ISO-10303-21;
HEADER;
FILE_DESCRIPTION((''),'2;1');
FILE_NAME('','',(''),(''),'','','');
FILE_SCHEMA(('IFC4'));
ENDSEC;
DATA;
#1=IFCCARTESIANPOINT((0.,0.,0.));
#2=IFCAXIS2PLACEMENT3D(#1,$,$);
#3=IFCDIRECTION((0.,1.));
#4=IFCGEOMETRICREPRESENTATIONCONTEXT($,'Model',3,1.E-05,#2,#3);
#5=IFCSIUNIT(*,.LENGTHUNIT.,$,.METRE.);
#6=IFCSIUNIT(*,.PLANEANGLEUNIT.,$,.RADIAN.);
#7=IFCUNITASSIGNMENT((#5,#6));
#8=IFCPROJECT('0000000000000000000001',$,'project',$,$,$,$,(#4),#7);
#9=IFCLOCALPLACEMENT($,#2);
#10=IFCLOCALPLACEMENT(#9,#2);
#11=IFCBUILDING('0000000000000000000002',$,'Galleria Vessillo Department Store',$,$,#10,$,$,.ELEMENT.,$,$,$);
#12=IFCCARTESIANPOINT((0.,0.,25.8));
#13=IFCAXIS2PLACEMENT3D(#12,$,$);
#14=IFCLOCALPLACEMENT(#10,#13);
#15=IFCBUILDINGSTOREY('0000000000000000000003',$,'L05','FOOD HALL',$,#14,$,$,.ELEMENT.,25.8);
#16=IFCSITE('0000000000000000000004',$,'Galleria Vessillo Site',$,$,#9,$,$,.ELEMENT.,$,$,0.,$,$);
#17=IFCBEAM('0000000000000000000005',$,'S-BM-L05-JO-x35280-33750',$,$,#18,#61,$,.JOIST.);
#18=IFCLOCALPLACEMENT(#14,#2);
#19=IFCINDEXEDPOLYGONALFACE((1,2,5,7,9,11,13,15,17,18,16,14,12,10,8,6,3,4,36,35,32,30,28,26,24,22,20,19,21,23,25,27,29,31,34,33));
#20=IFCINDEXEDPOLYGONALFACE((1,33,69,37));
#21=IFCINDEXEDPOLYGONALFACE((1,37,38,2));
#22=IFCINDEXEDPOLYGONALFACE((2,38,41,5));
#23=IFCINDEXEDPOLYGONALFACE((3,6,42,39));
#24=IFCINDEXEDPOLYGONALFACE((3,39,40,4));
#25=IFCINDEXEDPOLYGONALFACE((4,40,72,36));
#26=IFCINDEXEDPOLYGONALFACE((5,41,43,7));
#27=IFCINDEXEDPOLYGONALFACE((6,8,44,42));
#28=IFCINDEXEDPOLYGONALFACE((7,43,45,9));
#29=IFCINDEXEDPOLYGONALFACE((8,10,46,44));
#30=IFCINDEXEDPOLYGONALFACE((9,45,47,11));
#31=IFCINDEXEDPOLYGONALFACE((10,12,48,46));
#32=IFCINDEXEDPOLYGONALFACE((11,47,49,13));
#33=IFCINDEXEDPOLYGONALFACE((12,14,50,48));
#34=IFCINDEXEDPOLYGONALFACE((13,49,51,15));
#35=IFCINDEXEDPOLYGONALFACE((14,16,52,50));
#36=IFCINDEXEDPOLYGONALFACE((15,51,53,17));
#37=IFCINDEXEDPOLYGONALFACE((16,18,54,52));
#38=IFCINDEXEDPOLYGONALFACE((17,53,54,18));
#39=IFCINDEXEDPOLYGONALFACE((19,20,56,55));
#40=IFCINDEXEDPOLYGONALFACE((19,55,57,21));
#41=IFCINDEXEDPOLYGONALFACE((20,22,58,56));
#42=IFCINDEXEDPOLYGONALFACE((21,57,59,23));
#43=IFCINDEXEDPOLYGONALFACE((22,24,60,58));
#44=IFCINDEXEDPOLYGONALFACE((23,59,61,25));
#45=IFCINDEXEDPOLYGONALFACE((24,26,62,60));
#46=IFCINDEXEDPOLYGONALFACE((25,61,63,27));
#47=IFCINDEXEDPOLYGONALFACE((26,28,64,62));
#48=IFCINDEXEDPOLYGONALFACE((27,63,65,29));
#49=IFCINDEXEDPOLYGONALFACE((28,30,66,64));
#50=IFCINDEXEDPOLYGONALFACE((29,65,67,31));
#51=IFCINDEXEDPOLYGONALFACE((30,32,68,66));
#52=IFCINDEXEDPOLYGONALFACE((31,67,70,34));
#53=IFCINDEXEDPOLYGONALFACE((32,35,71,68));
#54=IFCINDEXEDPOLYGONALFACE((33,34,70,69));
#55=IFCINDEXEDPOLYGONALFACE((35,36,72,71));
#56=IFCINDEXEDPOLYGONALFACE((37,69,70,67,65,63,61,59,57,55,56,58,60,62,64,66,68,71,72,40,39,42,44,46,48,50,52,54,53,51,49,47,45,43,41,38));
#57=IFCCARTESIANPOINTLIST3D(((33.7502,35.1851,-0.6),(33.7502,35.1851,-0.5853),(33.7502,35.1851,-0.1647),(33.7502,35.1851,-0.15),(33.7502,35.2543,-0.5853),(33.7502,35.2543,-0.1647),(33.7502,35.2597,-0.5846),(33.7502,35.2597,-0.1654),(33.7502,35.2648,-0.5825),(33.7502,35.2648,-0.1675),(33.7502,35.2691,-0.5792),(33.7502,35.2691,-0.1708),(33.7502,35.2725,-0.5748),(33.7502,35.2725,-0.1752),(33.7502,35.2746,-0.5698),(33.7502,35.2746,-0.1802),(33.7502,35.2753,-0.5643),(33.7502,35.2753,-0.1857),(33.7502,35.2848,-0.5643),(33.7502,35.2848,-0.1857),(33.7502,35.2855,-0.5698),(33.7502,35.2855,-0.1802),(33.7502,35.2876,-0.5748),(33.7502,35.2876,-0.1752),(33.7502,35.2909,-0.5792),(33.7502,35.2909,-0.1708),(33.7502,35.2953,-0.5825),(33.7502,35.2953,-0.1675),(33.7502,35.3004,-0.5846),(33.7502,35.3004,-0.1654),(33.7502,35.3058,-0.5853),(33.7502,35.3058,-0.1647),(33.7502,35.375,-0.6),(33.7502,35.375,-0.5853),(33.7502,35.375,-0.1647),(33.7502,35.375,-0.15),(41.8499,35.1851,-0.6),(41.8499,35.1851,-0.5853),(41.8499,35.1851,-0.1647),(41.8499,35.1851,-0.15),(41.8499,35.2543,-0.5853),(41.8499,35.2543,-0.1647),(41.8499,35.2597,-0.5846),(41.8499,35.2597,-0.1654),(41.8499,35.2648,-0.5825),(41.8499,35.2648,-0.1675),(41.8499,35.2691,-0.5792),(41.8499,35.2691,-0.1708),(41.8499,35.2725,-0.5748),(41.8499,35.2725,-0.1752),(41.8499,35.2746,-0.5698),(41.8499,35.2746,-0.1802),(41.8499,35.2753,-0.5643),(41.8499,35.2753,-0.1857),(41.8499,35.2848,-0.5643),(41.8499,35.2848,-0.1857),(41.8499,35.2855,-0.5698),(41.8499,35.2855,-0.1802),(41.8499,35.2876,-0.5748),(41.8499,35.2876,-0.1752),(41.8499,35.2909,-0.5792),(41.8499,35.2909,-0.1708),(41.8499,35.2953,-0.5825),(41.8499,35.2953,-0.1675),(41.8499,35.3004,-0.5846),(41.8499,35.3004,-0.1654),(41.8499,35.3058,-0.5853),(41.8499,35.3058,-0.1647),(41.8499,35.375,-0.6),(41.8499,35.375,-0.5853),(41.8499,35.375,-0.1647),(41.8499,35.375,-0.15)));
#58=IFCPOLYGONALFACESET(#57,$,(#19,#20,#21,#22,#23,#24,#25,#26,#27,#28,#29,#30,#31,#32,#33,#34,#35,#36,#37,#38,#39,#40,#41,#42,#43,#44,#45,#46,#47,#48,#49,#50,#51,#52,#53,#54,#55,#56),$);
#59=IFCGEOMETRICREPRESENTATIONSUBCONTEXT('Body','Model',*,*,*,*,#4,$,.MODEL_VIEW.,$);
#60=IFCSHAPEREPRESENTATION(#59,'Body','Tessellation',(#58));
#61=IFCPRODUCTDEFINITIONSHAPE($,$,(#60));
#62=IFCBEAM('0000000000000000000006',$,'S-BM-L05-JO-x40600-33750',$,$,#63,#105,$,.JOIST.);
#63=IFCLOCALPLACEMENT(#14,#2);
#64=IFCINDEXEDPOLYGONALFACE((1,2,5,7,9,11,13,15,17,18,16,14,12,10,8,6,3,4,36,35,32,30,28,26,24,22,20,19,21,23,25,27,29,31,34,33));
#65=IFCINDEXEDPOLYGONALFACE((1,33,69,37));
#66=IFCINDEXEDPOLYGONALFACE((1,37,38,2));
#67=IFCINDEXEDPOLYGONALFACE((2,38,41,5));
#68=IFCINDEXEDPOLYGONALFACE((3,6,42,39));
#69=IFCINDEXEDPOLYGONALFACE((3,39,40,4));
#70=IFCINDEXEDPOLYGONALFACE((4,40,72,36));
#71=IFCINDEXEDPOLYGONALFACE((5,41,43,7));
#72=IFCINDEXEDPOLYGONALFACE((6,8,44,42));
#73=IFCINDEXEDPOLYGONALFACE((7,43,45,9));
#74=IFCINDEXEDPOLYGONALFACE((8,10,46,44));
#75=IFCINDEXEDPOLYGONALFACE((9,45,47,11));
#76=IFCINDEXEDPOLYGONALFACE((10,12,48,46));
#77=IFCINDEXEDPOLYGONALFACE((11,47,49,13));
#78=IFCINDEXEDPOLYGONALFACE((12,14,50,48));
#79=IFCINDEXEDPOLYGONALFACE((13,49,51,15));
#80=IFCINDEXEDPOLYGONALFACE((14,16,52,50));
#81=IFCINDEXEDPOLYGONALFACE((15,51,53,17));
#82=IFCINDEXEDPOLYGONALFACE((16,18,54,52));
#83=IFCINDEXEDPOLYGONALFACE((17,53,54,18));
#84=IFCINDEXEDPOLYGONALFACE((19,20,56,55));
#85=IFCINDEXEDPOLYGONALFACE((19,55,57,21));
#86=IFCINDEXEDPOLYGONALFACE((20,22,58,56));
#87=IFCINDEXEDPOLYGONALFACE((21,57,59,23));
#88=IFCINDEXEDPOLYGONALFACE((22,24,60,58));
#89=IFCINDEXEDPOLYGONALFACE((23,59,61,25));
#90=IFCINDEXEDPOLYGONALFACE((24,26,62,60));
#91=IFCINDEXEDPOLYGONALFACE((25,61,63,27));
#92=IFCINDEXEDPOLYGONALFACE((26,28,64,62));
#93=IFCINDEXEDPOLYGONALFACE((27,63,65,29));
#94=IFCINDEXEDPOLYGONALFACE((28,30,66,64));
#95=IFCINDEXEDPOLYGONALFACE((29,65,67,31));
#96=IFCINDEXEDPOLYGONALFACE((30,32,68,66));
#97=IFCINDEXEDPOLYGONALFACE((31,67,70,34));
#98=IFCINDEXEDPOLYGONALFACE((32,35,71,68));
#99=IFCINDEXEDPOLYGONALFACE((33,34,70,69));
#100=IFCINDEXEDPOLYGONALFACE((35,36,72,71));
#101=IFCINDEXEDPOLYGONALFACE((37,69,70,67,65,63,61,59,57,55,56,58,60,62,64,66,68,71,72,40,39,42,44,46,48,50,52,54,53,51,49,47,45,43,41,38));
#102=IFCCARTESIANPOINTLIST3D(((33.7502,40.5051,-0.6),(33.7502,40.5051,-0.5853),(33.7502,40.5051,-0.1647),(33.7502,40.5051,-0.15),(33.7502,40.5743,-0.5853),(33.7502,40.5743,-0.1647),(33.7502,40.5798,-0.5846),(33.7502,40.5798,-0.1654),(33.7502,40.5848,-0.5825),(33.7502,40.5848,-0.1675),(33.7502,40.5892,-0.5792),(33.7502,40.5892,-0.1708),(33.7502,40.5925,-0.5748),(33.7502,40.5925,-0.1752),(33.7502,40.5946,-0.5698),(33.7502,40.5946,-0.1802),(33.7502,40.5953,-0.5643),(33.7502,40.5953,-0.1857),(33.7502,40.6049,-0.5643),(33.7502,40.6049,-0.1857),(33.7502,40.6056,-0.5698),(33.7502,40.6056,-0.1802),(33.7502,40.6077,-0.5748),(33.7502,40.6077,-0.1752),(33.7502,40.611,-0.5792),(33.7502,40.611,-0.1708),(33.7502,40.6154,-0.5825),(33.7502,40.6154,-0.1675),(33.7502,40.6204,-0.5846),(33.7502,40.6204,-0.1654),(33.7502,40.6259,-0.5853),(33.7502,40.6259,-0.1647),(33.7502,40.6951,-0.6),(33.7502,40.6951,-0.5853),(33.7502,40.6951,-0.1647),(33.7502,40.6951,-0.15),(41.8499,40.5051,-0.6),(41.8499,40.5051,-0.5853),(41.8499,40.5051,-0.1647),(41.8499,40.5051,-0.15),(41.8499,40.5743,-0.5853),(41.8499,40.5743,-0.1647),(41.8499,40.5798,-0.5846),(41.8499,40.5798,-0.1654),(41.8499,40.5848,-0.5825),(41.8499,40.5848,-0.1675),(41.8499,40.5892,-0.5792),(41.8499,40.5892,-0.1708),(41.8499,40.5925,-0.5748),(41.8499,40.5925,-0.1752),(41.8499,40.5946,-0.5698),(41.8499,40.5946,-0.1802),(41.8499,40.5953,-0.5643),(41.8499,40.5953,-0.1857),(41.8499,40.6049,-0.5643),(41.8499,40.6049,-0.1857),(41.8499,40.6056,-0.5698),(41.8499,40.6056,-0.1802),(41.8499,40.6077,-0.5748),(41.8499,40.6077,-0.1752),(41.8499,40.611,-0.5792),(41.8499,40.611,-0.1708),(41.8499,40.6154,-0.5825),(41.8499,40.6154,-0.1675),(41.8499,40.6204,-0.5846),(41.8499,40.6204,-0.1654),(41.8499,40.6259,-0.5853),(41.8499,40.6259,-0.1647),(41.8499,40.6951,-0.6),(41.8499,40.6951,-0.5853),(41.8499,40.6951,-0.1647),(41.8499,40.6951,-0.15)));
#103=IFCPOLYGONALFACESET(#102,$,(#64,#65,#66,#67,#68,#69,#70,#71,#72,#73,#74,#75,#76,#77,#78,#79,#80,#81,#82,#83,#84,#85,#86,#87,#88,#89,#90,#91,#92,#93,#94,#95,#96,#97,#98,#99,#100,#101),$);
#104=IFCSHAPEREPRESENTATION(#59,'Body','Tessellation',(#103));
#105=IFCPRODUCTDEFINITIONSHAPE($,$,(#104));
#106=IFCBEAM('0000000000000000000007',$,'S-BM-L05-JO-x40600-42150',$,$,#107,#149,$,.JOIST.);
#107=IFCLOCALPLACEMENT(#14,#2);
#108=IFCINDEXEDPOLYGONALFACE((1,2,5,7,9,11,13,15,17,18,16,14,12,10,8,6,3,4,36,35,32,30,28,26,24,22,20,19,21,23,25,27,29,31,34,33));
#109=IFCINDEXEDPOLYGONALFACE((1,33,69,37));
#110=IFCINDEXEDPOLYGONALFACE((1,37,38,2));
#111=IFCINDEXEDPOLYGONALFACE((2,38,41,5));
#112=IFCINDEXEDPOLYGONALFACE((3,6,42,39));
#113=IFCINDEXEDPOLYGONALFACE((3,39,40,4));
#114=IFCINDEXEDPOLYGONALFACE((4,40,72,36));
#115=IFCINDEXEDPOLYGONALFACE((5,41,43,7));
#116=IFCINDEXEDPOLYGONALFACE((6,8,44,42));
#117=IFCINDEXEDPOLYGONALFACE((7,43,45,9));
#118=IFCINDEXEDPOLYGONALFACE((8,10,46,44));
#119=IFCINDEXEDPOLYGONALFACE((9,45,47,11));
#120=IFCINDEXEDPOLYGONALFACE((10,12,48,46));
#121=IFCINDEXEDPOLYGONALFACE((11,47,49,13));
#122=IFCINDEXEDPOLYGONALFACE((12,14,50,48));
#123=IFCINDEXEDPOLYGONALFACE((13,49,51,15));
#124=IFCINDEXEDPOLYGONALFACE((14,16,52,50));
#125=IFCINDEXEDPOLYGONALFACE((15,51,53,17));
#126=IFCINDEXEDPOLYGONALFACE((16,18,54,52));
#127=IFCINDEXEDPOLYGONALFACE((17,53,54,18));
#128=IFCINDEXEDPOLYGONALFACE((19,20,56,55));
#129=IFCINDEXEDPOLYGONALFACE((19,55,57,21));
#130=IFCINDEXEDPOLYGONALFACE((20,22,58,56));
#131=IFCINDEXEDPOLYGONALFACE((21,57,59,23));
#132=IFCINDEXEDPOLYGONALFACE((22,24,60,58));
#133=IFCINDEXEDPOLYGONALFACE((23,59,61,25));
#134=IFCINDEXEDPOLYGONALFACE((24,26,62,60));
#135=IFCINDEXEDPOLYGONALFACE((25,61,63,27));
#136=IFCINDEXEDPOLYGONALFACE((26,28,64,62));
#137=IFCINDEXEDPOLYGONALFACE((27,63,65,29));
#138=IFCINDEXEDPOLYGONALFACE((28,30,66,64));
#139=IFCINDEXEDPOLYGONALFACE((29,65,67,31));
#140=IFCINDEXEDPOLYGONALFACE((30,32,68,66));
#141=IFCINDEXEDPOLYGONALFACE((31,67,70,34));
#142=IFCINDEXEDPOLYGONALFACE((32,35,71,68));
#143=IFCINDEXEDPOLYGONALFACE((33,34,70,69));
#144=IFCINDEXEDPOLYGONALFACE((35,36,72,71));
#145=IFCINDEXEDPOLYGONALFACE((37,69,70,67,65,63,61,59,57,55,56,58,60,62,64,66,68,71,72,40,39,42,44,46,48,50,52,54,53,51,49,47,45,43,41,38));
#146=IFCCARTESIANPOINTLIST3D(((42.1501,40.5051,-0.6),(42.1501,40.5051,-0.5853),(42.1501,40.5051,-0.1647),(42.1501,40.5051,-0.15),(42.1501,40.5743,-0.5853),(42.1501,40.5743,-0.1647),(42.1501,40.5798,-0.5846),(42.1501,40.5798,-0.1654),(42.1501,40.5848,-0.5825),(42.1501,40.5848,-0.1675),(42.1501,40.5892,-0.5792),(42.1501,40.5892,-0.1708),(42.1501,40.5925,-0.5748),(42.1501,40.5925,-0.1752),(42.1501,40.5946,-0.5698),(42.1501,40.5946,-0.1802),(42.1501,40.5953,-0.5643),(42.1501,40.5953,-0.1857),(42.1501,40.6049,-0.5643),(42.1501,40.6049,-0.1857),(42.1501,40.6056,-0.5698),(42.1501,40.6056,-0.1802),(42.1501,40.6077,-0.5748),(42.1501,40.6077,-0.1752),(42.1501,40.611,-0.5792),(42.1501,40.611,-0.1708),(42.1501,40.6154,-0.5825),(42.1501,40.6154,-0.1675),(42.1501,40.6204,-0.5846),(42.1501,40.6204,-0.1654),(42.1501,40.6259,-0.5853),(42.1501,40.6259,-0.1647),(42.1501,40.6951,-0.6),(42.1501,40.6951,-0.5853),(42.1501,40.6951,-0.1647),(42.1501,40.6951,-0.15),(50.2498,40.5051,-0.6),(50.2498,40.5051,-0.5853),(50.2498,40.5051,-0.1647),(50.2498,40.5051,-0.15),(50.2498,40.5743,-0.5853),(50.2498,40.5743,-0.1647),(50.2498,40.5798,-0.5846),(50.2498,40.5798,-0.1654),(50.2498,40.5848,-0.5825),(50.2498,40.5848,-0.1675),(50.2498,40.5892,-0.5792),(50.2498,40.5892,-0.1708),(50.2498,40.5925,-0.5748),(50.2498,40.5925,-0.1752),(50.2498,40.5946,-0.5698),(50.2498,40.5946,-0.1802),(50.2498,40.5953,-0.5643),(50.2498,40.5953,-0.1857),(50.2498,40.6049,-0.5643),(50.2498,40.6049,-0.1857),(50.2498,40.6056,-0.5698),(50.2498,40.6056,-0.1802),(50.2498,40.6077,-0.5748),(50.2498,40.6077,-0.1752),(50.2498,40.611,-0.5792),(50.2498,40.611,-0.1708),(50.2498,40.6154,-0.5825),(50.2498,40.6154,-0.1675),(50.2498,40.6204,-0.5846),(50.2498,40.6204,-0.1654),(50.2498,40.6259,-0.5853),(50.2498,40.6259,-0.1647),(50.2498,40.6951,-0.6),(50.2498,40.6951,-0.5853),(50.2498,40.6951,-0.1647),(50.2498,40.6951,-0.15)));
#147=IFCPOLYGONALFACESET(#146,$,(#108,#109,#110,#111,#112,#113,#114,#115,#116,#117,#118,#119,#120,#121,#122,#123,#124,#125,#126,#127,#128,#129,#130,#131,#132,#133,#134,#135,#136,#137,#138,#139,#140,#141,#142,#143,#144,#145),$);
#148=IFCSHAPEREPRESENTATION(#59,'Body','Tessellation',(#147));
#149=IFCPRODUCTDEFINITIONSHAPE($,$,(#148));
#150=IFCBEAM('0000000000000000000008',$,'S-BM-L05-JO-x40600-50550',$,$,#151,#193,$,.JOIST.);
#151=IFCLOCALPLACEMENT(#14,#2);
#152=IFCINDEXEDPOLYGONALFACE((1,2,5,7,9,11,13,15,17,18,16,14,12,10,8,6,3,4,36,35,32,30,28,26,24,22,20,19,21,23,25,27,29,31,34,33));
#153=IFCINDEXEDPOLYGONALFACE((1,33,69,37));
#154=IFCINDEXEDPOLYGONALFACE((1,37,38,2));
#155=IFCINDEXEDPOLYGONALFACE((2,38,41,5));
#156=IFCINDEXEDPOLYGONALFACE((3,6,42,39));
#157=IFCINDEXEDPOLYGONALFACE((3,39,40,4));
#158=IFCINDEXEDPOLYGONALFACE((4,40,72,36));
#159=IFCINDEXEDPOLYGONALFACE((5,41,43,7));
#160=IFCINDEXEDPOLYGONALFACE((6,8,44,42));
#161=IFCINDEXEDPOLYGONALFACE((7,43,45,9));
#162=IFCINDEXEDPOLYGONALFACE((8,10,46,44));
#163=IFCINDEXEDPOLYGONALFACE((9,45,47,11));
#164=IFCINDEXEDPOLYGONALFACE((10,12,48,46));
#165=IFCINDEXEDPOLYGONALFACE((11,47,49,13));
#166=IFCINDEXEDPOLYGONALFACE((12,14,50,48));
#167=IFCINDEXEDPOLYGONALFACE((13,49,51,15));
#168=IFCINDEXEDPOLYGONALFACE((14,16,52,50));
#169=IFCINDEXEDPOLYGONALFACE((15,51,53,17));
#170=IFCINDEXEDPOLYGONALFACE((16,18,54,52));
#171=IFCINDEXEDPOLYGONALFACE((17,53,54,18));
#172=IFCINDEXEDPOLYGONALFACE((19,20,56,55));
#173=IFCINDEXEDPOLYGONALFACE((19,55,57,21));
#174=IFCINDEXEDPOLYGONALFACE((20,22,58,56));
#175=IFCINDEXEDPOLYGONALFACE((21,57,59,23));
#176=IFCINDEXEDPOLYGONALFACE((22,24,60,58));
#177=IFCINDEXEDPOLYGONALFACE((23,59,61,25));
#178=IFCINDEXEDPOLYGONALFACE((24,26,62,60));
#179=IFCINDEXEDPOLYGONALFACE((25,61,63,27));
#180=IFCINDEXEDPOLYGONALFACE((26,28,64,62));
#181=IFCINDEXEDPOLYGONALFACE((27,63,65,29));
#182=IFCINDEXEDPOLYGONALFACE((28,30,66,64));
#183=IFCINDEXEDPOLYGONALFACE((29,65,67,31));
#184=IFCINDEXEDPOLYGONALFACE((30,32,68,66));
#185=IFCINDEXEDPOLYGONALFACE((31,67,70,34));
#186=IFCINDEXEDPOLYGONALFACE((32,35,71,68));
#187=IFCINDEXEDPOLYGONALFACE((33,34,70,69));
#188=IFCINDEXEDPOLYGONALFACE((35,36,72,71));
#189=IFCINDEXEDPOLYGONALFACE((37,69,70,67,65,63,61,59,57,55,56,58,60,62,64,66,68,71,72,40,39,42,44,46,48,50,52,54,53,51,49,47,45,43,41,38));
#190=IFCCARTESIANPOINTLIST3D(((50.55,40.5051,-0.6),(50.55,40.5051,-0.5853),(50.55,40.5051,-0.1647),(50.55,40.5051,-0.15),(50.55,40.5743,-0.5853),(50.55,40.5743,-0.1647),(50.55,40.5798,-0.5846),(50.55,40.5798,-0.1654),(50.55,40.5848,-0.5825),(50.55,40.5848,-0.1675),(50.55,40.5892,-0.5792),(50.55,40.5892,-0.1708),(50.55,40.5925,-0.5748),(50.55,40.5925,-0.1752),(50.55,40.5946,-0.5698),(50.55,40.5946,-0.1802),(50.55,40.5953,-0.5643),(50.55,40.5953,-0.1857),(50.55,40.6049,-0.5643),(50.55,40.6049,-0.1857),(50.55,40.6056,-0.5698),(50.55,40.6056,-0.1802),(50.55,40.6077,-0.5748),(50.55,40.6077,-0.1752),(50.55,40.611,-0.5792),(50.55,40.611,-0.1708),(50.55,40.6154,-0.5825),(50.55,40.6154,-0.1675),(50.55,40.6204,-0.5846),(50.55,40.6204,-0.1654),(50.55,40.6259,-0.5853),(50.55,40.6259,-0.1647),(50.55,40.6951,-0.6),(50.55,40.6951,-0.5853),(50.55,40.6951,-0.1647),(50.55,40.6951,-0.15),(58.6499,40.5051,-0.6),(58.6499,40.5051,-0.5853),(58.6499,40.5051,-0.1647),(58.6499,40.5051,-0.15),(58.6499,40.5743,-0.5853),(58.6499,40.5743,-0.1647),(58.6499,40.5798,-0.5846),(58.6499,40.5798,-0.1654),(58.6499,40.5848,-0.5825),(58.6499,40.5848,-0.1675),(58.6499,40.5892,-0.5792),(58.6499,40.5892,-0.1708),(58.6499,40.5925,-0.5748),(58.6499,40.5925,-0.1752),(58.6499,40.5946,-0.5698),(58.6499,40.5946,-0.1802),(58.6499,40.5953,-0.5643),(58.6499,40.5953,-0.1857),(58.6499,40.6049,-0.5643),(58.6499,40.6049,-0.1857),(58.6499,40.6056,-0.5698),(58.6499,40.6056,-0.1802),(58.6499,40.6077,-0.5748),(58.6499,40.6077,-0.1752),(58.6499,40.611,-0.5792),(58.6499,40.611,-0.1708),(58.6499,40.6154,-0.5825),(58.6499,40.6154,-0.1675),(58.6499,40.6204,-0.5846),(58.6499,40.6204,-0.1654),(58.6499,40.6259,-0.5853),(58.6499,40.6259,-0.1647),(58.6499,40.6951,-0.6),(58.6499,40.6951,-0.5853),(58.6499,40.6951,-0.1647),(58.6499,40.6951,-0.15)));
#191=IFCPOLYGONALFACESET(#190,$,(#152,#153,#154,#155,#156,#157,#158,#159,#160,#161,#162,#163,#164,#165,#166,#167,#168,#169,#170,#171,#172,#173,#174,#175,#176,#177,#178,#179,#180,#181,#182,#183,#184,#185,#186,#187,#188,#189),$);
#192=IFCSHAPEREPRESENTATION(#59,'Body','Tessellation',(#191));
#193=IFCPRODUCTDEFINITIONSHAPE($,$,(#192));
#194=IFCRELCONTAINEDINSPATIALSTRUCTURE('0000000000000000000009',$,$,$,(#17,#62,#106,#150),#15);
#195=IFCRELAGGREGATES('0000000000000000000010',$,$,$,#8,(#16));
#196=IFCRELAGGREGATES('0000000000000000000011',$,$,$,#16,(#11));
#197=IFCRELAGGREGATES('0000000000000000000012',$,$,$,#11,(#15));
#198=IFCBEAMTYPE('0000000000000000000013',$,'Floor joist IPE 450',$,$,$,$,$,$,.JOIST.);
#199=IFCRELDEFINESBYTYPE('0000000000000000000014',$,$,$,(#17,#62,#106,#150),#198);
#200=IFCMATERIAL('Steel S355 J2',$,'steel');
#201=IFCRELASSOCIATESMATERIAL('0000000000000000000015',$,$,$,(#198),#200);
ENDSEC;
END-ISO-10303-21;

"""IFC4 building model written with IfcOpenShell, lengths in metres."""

from ifc_helpers import new_model, si_unit, direction, frame, origin, origin_2d, place, context, subcontext, project, spatial, i_section, extrude, material, material_profile, profile_set, type_object, element, save


model = new_model("IFC4")

# Units and contexts
model_context = context("Model", 3, precision=1e-05, world=origin(), true_north=direction((0.0, 1.0)))
body_context = subcontext(model_context, "Body", "Model", "MODEL_VIEW")
ifc_project = project(units=[si_unit("LENGTHUNIT", "METRE"), si_unit("PLANEANGLEUNIT", "RADIAN")], contexts=[model_context])

# Site, building, storey
site_placement = place(None, origin())
site = spatial("IfcSite", under=ifc_project, at=site_placement, Name="Galleria Vessillo Site", CompositionType="ELEMENT", RefElevation=0.0)
building_placement = place(site_placement, origin())
building = spatial("IfcBuilding", under=site, at=building_placement, Name="Galleria Vessillo Department Store", CompositionType="ELEMENT")
storey_placement = place(building_placement, frame((0.0, 0.0, 25.8)))
storey = spatial("IfcBuildingStorey", under=building, at=storey_placement, Name="L05", Description="FOOD HALL", CompositionType="ELEMENT", Elevation=25.8)

# Beams
ifc_material_1 = material(Name="Steel S355 J2", Category="steel")
ifc_material_profile_1 = material_profile(ifc_material_1, i_section(OverallWidth=0.1899, OverallDepth=0.45, WebThickness=0.0095, FlangeThickness=0.0146, FilletRadius=0.021, at=origin_2d()), Name="IPE 450")
ifc_profile_set_1 = profile_set([ifc_material_profile_1], Name="Steel S355 J2")
beam_type_1 = type_object("IfcBeamType", Name="Floor joist IPE 450", PredefinedType="JOIST", material=ifc_profile_set_1)
for number, where, z_axis, x_axis, name in (
    (1, (33.7502, 35.28, -0.375), (1.0, 0.0, 0.0), (0.0, 1.0, 0.0), "S-BM-L05-JO-x35280-33750"),
    (2, (33.7502, 40.6001, -0.375), (1.0, 0.0, 0.0), (0.0, 1.0, 0.0), "S-BM-L05-JO-x40600-33750"),
    (3, (42.1501, 40.6001, -0.375), (1.0, 0.0, 0.0), (0.0, 1.0, 0.0), "S-BM-L05-JO-x40600-42150"),
):
    element("IfcBeam", number, at=place(storey_placement, frame(where, z_axis=z_axis, x_axis=x_axis)), inside=storey, type_object=beam_type_1, Name=name, PredefinedType="JOIST", context=body_context, shape_type="SweptSolid", body=[
        extrude(i_section(OverallWidth=0.1899, OverallDepth=0.45, WebThickness=0.0095, FlangeThickness=0.0146, FilletRadius=0.021, at=origin_2d()), origin(), (0.0, 0.0, 1.0), 8.0996),
    ])
beam_1_placement = place(storey_placement, frame((50.55, 40.6001, -0.375), z_axis=(1.0, 0.0, 0.0), x_axis=(0.0, 1.0, 0.0)))
element("IfcBeam", 4, at=beam_1_placement, inside=storey, type_object=beam_type_1, Name="S-BM-L05-JO-x40600-50550", PredefinedType="JOIST", context=body_context, shape_type="SweptSolid", body=[
    extrude(i_section(OverallWidth=0.1899, OverallDepth=0.45, WebThickness=0.0095, FlangeThickness=0.0146, FilletRadius=0.021, at=origin_2d()), origin(), (0.0, 0.0, 1.0), 8.0999),
])

save(model, "model.ifc")
